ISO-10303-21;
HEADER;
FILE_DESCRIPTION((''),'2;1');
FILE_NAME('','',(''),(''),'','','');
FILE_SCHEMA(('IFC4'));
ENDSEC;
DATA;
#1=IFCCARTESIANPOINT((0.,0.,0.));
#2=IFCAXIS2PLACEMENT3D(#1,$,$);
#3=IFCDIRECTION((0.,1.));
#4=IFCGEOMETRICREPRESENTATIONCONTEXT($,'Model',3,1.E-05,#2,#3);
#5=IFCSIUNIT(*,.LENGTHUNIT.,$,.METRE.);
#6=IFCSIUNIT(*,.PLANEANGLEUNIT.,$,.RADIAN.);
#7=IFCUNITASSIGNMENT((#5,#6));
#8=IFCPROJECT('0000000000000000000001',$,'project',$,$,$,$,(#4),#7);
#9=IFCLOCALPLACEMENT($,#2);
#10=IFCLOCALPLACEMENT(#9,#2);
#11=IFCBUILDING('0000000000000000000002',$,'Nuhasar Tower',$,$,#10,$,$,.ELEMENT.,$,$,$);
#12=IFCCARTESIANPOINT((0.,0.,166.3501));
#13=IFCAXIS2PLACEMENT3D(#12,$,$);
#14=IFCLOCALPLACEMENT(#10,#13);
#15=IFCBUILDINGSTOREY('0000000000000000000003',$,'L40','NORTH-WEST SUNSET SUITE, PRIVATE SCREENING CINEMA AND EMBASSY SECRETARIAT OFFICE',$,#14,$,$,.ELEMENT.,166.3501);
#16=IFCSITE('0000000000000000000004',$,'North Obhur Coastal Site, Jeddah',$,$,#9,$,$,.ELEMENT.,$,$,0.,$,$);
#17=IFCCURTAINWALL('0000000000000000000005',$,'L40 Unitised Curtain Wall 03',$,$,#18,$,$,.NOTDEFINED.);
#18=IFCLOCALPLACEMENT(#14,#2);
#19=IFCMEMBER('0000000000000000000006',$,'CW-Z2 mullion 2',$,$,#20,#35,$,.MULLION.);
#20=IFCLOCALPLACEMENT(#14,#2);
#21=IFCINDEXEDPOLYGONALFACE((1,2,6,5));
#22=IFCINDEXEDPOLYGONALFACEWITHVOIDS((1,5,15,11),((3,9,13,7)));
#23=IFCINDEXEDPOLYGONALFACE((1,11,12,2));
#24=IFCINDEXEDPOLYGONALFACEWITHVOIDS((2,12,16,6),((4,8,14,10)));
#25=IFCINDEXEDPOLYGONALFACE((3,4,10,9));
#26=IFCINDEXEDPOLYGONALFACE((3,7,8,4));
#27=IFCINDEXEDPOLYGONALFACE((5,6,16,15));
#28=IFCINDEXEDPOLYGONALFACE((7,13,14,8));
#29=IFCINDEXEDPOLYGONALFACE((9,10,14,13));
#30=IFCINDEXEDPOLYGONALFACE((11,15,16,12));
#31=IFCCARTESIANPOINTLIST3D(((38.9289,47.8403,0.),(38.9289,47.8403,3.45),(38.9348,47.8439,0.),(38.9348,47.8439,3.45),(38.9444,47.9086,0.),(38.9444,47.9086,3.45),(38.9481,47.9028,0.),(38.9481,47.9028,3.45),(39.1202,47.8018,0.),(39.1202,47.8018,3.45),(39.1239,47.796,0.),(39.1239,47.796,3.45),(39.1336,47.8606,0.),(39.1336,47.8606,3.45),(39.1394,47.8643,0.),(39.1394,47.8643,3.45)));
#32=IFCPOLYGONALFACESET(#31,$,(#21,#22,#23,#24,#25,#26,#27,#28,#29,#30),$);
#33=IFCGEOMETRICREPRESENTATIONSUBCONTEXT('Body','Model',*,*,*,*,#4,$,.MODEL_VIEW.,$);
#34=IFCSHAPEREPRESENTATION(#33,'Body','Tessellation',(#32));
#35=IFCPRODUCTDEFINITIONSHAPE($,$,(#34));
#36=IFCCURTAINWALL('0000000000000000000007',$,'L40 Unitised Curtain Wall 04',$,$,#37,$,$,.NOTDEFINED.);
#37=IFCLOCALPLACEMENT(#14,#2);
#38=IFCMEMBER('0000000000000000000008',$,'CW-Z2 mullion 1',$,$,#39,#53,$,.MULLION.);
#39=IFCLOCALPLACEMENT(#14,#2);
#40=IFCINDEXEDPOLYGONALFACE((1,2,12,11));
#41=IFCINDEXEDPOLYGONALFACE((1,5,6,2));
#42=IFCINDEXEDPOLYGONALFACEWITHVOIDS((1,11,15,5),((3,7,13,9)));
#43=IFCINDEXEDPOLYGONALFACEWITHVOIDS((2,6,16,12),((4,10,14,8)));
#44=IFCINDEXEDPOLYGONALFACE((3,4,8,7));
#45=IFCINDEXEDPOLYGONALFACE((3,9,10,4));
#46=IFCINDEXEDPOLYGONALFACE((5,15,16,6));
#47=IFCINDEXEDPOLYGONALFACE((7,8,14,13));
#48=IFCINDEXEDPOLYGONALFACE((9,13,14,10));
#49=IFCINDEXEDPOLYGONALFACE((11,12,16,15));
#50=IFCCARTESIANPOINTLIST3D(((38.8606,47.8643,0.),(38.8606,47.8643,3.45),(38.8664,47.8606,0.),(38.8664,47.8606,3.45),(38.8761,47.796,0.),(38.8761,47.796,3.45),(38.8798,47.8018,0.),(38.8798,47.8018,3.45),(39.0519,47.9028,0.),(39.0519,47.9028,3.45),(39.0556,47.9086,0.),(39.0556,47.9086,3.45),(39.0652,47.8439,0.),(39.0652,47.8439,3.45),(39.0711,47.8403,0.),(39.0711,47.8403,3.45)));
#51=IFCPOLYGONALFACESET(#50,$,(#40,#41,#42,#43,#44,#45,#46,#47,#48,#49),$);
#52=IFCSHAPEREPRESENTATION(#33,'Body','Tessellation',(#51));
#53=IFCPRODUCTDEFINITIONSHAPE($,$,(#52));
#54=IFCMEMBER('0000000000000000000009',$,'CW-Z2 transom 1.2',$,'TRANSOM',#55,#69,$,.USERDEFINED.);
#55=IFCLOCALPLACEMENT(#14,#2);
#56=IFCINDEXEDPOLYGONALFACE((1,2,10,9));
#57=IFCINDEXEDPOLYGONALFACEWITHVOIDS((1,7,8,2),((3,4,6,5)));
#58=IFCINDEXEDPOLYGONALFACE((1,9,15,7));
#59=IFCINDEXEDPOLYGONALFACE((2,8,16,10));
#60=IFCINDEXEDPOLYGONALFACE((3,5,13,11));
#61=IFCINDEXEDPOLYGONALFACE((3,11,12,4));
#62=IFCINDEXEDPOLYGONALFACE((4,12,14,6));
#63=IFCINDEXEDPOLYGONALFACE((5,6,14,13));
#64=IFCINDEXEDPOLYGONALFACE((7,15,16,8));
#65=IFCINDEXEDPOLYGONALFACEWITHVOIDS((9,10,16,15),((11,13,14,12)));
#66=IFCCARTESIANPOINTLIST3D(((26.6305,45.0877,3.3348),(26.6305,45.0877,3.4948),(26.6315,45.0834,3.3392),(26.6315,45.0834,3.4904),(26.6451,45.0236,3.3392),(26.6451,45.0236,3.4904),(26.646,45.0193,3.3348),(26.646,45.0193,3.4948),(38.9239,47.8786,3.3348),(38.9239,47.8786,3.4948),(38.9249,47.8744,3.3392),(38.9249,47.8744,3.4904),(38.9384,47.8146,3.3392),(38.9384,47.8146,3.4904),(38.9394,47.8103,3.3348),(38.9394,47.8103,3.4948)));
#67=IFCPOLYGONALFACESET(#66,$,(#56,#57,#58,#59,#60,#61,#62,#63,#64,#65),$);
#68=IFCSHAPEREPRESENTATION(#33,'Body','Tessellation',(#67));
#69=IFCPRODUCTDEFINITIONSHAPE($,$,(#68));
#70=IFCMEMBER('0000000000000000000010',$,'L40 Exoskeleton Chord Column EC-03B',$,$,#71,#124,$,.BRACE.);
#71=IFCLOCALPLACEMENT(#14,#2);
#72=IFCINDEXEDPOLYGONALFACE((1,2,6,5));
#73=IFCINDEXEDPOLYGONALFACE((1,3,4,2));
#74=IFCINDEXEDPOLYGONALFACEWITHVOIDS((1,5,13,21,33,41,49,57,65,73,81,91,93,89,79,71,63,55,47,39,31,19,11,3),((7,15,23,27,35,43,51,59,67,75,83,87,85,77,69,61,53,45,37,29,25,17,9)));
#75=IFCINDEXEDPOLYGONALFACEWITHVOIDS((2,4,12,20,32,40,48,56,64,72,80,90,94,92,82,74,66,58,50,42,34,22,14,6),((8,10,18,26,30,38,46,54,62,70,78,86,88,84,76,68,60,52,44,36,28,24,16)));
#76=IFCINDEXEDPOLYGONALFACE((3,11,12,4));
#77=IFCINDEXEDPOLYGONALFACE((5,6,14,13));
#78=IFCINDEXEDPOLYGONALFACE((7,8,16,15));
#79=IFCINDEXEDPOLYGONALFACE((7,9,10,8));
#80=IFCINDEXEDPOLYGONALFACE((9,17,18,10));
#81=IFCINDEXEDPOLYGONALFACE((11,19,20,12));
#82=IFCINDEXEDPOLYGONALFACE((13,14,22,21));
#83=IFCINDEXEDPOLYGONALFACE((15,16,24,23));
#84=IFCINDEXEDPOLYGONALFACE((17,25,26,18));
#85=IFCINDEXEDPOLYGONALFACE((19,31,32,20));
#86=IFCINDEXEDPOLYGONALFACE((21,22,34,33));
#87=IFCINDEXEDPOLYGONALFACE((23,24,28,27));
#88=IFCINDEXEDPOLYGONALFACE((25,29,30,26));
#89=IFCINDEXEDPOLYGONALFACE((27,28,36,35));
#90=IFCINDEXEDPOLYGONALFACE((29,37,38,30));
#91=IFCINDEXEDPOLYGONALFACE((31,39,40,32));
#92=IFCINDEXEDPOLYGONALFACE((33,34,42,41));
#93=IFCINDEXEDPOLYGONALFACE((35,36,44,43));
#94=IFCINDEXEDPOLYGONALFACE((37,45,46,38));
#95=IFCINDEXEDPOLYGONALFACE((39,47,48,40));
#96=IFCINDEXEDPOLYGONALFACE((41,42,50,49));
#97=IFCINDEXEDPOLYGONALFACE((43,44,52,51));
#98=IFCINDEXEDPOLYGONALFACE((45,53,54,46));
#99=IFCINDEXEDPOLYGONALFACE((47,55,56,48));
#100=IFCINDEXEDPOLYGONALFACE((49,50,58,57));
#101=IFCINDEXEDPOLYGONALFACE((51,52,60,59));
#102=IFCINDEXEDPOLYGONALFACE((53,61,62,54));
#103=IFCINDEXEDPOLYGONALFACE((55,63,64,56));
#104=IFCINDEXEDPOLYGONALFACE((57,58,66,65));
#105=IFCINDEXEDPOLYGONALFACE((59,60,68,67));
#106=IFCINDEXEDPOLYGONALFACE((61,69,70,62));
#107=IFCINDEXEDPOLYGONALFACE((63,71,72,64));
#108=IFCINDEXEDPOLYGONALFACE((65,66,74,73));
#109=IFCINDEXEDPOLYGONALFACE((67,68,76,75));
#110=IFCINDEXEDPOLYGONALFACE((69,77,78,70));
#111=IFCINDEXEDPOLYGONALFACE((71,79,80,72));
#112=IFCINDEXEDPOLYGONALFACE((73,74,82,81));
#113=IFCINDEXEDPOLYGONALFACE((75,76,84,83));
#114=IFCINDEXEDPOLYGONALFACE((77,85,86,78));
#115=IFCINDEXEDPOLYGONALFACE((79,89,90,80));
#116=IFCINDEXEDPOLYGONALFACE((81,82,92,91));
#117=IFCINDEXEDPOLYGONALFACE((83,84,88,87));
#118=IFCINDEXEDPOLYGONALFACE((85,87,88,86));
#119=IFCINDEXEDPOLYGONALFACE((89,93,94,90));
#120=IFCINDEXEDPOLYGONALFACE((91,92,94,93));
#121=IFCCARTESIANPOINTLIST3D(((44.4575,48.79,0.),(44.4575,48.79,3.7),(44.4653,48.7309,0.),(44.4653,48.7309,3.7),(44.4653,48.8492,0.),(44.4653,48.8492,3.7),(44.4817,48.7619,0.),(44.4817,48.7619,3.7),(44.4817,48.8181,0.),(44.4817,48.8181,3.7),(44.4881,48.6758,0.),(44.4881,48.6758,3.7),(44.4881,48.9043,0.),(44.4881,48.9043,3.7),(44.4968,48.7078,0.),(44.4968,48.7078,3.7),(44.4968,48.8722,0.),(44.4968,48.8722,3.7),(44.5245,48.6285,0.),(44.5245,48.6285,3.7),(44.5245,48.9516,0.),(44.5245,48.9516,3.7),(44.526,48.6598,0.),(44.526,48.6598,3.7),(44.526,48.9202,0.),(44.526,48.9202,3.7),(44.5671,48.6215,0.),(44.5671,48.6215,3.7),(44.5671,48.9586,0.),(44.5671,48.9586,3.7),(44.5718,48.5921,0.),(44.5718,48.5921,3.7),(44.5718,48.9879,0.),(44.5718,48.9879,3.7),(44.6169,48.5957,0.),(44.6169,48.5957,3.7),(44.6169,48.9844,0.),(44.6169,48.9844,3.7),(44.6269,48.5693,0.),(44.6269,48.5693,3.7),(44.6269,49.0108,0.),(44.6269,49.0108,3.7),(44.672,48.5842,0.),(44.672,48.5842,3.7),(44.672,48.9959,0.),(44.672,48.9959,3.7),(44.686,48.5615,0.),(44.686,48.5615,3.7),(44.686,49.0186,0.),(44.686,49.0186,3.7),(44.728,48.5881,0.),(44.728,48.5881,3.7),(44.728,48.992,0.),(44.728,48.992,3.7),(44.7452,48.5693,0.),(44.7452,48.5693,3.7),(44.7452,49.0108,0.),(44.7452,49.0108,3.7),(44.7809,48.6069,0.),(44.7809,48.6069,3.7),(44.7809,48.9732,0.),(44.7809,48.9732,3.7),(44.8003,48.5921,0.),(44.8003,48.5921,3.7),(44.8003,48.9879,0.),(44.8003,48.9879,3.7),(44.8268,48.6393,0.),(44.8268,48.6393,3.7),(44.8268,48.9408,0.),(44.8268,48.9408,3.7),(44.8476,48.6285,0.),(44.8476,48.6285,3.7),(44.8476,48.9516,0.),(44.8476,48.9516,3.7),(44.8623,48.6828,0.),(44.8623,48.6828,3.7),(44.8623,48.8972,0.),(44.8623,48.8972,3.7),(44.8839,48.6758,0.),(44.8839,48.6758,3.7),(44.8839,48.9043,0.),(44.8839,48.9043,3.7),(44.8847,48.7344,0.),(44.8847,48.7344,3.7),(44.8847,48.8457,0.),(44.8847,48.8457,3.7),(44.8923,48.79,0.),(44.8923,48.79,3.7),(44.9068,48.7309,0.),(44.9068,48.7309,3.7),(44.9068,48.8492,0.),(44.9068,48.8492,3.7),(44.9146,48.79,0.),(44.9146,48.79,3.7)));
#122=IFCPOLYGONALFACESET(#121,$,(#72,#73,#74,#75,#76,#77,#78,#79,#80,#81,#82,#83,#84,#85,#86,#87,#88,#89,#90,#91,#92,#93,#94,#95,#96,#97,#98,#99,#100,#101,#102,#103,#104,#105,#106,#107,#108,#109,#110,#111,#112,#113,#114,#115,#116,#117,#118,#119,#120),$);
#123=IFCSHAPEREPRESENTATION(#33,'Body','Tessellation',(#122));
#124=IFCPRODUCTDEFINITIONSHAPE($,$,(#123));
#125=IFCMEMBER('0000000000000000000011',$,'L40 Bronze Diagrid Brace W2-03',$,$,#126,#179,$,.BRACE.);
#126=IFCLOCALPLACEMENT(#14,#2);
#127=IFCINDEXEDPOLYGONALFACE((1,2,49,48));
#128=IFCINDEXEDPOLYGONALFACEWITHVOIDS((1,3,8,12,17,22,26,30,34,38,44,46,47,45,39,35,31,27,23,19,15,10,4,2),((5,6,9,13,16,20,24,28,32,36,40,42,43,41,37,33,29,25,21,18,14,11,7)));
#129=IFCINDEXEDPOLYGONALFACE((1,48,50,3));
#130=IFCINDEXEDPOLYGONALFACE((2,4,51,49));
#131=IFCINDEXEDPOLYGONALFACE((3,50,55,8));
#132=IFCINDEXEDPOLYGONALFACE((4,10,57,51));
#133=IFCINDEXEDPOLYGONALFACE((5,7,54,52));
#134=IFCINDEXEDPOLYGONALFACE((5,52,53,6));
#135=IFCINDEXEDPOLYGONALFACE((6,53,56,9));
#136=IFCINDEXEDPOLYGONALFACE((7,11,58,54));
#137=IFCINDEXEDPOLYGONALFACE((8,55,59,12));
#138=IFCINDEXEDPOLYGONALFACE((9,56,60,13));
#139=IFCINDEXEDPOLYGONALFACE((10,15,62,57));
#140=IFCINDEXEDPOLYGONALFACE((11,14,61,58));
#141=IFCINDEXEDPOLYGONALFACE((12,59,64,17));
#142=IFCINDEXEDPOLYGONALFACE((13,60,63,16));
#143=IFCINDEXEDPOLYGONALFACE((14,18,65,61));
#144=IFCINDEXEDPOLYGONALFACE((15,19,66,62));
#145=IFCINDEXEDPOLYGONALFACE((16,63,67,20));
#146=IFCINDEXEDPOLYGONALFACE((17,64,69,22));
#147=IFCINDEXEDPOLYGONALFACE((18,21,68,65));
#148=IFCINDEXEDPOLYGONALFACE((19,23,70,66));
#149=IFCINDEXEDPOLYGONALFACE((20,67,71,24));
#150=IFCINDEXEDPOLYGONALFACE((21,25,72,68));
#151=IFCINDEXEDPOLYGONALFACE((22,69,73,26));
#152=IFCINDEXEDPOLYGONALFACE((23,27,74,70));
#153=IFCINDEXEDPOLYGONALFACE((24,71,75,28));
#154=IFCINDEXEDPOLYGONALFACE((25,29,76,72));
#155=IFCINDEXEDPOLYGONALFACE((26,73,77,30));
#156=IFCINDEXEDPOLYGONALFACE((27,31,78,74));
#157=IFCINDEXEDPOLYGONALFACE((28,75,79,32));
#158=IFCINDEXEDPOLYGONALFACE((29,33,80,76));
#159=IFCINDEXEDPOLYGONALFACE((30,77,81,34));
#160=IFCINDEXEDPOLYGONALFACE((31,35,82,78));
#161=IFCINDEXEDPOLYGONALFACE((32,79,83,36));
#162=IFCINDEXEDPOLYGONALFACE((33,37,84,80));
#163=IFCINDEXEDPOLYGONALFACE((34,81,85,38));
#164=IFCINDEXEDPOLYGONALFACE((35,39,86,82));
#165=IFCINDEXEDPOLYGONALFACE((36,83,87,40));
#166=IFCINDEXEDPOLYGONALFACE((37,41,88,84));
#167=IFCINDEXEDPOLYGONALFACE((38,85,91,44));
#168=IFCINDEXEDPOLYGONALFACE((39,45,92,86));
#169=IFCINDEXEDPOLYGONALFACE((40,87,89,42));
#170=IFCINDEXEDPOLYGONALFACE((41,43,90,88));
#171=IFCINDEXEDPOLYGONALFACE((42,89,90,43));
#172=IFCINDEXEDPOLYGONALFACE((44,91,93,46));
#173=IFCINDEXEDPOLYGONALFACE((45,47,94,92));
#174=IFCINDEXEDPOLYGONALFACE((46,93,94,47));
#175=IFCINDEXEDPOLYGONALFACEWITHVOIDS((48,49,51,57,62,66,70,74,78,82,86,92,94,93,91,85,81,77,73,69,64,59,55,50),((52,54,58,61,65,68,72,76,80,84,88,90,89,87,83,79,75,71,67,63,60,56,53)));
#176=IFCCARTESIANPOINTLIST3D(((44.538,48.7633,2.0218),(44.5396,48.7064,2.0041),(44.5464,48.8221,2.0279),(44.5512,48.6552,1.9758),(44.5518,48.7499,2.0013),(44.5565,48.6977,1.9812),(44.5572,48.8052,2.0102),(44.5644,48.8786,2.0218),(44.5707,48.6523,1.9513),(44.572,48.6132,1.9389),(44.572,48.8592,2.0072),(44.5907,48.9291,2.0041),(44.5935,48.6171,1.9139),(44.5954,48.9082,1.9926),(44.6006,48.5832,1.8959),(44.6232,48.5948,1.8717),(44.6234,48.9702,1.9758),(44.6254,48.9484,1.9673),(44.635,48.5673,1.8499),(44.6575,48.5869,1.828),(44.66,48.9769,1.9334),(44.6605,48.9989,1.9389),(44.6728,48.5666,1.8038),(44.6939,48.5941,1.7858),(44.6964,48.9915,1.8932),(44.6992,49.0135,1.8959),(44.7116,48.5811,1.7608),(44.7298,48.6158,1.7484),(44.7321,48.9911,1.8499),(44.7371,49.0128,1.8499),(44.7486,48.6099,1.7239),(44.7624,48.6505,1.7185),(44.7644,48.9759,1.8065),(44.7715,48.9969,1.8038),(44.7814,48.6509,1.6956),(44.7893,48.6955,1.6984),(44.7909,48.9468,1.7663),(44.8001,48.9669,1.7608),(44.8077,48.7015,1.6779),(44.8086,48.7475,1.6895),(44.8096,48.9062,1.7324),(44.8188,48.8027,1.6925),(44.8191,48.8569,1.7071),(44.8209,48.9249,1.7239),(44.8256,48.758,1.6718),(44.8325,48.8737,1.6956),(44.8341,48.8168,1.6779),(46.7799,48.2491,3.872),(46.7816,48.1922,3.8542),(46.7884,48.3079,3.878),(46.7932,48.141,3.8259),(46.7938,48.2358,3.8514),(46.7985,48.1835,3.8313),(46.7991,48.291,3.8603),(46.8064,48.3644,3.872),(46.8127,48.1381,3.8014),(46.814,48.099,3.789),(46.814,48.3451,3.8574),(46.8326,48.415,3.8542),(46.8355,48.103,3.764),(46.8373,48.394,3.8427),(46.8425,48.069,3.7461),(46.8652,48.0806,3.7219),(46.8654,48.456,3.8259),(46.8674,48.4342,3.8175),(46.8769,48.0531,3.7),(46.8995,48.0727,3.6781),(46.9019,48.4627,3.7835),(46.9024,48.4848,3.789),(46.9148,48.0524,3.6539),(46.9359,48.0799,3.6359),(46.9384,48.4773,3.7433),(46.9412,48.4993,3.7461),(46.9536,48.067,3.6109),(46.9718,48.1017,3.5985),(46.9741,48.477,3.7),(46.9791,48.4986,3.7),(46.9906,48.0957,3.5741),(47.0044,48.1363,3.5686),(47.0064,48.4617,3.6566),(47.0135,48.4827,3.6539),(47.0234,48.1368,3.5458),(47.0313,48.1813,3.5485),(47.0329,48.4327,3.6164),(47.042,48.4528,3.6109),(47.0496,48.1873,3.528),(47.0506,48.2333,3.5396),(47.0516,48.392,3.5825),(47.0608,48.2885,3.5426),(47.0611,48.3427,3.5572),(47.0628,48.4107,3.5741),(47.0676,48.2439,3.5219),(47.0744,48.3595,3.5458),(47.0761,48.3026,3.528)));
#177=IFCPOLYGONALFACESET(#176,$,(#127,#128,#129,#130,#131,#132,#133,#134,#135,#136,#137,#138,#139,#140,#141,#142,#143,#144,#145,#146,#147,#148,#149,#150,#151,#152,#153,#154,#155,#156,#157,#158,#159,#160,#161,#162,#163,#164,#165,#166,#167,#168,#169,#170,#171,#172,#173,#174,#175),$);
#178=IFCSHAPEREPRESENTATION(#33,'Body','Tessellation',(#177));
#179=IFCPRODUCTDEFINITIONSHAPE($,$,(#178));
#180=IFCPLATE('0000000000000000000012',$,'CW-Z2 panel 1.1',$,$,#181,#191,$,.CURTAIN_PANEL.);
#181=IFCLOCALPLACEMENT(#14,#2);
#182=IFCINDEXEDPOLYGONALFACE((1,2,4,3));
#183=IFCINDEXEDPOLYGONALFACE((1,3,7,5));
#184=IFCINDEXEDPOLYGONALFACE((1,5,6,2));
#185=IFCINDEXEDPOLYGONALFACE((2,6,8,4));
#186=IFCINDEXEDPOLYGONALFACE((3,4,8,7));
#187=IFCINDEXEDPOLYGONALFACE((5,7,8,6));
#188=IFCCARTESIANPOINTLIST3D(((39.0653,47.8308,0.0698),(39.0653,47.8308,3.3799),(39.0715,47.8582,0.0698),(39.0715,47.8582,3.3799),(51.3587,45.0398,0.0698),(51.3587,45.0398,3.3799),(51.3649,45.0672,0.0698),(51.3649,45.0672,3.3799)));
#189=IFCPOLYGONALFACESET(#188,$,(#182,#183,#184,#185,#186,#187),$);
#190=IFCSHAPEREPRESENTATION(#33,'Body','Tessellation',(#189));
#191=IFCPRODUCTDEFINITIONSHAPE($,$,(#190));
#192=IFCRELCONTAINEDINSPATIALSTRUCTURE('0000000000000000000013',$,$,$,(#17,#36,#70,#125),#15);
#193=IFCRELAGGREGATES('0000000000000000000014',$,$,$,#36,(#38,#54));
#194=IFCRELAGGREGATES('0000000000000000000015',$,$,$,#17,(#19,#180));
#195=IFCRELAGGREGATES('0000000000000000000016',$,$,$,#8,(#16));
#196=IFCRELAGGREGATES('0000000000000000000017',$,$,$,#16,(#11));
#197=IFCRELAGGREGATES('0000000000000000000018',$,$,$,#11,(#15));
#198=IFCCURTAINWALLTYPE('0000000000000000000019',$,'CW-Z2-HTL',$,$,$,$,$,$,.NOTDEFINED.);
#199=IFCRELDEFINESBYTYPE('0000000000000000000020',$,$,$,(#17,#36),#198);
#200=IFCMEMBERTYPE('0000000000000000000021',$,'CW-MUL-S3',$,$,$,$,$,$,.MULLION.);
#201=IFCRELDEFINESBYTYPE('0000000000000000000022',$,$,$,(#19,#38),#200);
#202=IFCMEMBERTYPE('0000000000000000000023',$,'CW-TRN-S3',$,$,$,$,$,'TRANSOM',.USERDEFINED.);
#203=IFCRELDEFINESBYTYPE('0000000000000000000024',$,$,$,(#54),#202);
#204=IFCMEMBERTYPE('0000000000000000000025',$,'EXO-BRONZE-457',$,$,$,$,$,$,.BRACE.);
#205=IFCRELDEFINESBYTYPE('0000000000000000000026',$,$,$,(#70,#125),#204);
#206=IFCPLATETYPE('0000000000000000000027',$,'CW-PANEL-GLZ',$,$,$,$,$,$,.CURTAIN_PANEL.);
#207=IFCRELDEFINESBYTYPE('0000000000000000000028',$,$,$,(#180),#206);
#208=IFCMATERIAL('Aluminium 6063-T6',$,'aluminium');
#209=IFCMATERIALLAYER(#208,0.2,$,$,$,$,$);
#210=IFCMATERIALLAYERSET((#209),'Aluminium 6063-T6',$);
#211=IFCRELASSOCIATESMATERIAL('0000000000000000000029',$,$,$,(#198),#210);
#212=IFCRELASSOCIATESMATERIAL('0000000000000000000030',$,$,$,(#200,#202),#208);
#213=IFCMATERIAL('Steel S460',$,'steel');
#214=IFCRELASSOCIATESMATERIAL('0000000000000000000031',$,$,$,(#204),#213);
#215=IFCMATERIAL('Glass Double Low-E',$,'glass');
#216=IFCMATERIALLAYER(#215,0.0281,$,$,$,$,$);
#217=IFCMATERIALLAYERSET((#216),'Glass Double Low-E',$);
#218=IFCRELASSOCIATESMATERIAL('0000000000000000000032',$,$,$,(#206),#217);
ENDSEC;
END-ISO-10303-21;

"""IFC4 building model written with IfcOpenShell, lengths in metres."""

from ifc_helpers import new_model, si_unit, direction, frame, origin, origin_2d, place, context, subcontext, project, spatial, rectangle, hollow_rectangle, hollow_circle, extrude, material, layer, layer_set, material_profile, profile_set, type_object, element, aggregate, save


model = new_model("IFC4")

# Units and contexts
model_context = context("Model", 3, precision=1e-05, world=origin(), true_north=direction((0.0, 1.0)))
body_context = subcontext(model_context, "Body", "Model", "MODEL_VIEW")
ifc_project = project(units=[si_unit("LENGTHUNIT", "METRE"), si_unit("PLANEANGLEUNIT", "RADIAN")], contexts=[model_context])

# Site, building, storey
site_placement = place(None, origin())
site = spatial("IfcSite", under=ifc_project, at=site_placement, Name="North Obhur Coastal Site, Jeddah", CompositionType="ELEMENT", RefElevation=0.0)
building_placement = place(site_placement, origin())
building = spatial("IfcBuilding", under=site, at=building_placement, Name="Nuhasar Tower", CompositionType="ELEMENT")
storey_placement = place(building_placement, frame((0.0, 0.0, 166.3501)))
storey = spatial("IfcBuildingStorey", under=building, at=storey_placement, Name="L40", Description="NORTH-WEST SUNSET SUITE, PRIVATE SCREENING CINEMA AND EMBASSY SECRETARIAT OFFICE", CompositionType="ELEMENT", Elevation=166.3501)

# Curtain wall, member
ifc_material_1 = material(Name="Aluminium 6063-T6", Category="aluminium")
ifc_layer_1 = layer(ifc_material_1, 0.2)
ifc_layer_set_1 = layer_set([ifc_layer_1], Name="Aluminium 6063-T6")
curtain_wall_type = type_object("IfcCurtainWallType", Name="CW-Z2-HTL", PredefinedType="NOTDEFINED", material=ifc_layer_set_1)
curtain_wall_1_placement = place(storey_placement, origin())
curtain_wall_1 = element("IfcCurtainWall", 1, at=curtain_wall_1_placement, inside=storey, type_object=curtain_wall_type, Name="L40 Unitised Curtain Wall 03", PredefinedType="NOTDEFINED")
ifc_material_profile_1 = material_profile(ifc_material_1, hollow_rectangle(XDim=0.0701, YDim=0.2, WallThickness=0.0049, at=origin_2d()), Name="CWM-3")
ifc_profile_set_1 = profile_set([ifc_material_profile_1], Name="Aluminium 6063-T6")
member_type_1 = type_object("IfcMemberType", Name="CW-MUL-S3", PredefinedType="MULLION", material=ifc_profile_set_1)
member_1_placement = place(storey_placement, frame((39.0342, 47.8523, 0.0), z_axis=(0.0, 0.0, 1.0), x_axis=(-0.221397, -0.975184, 0.0)))
member_1 = element("IfcMember", 2, at=member_1_placement, type_object=member_type_1, Name="CW-Z2 mullion 2", PredefinedType="MULLION", context=body_context, shape_type="SweptSolid", body=[
    extrude(hollow_rectangle(XDim=0.0701, YDim=0.2, WallThickness=0.0049, at=origin_2d()), origin(), (0.0, 0.0, 1.0), 3.45),
])

# Curtain wall, members
curtain_wall_2_placement = place(storey_placement, origin())
curtain_wall_2 = element("IfcCurtainWall", 3, at=curtain_wall_2_placement, inside=storey, type_object=curtain_wall_type, Name="L40 Unitised Curtain Wall 04", PredefinedType="NOTDEFINED")
member_2_placement = place(storey_placement, frame((38.9658, 47.8523, 0.0), z_axis=(0.0, 0.0, 1.0), x_axis=(0.221397, -0.975184, 0.0)))
member_2 = element("IfcMember", 4, at=member_2_placement, type_object=member_type_1, Name="CW-Z2 mullion 1", PredefinedType="MULLION", context=body_context, shape_type="SweptSolid", body=[
    extrude(hollow_rectangle(XDim=0.0701, YDim=0.2, WallThickness=0.0049, at=origin_2d()), origin(), (0.0, 0.0, 1.0), 3.45),
])
ifc_material_profile_2 = material_profile(ifc_material_1, hollow_rectangle(XDim=0.0701, YDim=0.1599, WallThickness=0.0044, at=origin_2d()), Name="CWT-3")
ifc_profile_set_2 = profile_set([ifc_material_profile_2], Name="Aluminium 6063-T6")
member_type_2 = type_object("IfcMemberType", Name="CW-TRN-S3", ElementType="TRANSOM", PredefinedType="USERDEFINED", material=ifc_profile_set_2)
member_3_placement = place(storey_placement, frame((38.9316, 47.8445, 3.4148), z_axis=(-0.975183, -0.221398, 0.0), x_axis=(0.221398, -0.975183, 0.0)))
member_3 = element("IfcMember", 5, at=member_3_placement, type_object=member_type_2, Name="CW-Z2 transom 1.2", ObjectType="TRANSOM", PredefinedType="USERDEFINED", context=body_context, shape_type="SweptSolid", body=[
    extrude(hollow_rectangle(XDim=0.0701, YDim=0.1599, WallThickness=0.0044, at=origin_2d()), origin(), (0.0, 0.0, 1.0), 12.6062),
])
aggregate(curtain_wall_2, [member_2, member_3])

# Members
ifc_material_2 = material(Name="Steel S460", Category="steel")
ifc_material_profile_3 = material_profile(ifc_material_2, hollow_circle(Radius=0.2285, WallThickness=0.0222, at=origin_2d()), Name="HSS457X22.2")
ifc_profile_set_3 = profile_set([ifc_material_profile_3], Name="Steel S460")
member_type_3 = type_object("IfcMemberType", Name="EXO-BRONZE-457", PredefinedType="BRACE", material=ifc_profile_set_3)
member_4_placement = place(storey_placement, frame((44.686, 48.79, 0.0), z_axis=(0.0, 0.0, 1.0), x_axis=(1.0, 0.0, 0.0)))
element("IfcMember", 6, at=member_4_placement, inside=storey, type_object=member_type_3, Name="L40 Exoskeleton Chord Column EC-03B", PredefinedType="BRACE", context=body_context, shape_type="SweptSolid", body=[
    extrude(hollow_circle(Radius=0.2285, WallThickness=0.0222, at=origin_2d()), origin(), (0.0, 0.0, 1.0), 3.7),
])
member_5_placement = place(storey_placement, frame((44.686, 48.79, 1.8499), z_axis=(0.7595, -0.174181, 0.626755), x_axis=(0.223534, 0.974696, 0.0)))
element("IfcMember", 7, at=member_5_placement, inside=storey, type_object=member_type_3, Name="L40 Bronze Diagrid Brace W2-03", PredefinedType="BRACE", context=body_context, shape_type="SweptSolid", body=[
    extrude(hollow_circle(Radius=0.2285, WallThickness=0.0222, at=origin_2d()), origin(), (0.0, 0.0, 1.0), 2.9519),
])

# Plate
ifc_material_3 = material(Name="Glass Double Low-E", Category="glass")
ifc_layer_2 = layer(ifc_material_3, 0.0281)
ifc_layer_set_2 = layer_set([ifc_layer_2], Name="Glass Double Low-E")
plate_type = type_object("IfcPlateType", Name="CW-PANEL-GLZ", PredefinedType="CURTAIN_PANEL", material=ifc_layer_set_2)
plate_placement = place(storey_placement, frame((45.2151, 46.449, 0.0698), z_axis=(0.0, 0.0, 1.0), x_axis=(-0.975184, 0.221397, 0.0)))
plate = element("IfcPlate", 8, at=plate_placement, type_object=plate_type, Name="CW-Z2 panel 1.1", PredefinedType="CURTAIN_PANEL", context=body_context, shape_type="SweptSolid", body=[
    extrude(rectangle(XDim=12.6062, YDim=0.0281, at=origin_2d()), origin(), (0.0, 0.0, 1.0), 3.3101),
])
aggregate(curtain_wall_1, [member_1, plate])

save(model, "model.ifc")
